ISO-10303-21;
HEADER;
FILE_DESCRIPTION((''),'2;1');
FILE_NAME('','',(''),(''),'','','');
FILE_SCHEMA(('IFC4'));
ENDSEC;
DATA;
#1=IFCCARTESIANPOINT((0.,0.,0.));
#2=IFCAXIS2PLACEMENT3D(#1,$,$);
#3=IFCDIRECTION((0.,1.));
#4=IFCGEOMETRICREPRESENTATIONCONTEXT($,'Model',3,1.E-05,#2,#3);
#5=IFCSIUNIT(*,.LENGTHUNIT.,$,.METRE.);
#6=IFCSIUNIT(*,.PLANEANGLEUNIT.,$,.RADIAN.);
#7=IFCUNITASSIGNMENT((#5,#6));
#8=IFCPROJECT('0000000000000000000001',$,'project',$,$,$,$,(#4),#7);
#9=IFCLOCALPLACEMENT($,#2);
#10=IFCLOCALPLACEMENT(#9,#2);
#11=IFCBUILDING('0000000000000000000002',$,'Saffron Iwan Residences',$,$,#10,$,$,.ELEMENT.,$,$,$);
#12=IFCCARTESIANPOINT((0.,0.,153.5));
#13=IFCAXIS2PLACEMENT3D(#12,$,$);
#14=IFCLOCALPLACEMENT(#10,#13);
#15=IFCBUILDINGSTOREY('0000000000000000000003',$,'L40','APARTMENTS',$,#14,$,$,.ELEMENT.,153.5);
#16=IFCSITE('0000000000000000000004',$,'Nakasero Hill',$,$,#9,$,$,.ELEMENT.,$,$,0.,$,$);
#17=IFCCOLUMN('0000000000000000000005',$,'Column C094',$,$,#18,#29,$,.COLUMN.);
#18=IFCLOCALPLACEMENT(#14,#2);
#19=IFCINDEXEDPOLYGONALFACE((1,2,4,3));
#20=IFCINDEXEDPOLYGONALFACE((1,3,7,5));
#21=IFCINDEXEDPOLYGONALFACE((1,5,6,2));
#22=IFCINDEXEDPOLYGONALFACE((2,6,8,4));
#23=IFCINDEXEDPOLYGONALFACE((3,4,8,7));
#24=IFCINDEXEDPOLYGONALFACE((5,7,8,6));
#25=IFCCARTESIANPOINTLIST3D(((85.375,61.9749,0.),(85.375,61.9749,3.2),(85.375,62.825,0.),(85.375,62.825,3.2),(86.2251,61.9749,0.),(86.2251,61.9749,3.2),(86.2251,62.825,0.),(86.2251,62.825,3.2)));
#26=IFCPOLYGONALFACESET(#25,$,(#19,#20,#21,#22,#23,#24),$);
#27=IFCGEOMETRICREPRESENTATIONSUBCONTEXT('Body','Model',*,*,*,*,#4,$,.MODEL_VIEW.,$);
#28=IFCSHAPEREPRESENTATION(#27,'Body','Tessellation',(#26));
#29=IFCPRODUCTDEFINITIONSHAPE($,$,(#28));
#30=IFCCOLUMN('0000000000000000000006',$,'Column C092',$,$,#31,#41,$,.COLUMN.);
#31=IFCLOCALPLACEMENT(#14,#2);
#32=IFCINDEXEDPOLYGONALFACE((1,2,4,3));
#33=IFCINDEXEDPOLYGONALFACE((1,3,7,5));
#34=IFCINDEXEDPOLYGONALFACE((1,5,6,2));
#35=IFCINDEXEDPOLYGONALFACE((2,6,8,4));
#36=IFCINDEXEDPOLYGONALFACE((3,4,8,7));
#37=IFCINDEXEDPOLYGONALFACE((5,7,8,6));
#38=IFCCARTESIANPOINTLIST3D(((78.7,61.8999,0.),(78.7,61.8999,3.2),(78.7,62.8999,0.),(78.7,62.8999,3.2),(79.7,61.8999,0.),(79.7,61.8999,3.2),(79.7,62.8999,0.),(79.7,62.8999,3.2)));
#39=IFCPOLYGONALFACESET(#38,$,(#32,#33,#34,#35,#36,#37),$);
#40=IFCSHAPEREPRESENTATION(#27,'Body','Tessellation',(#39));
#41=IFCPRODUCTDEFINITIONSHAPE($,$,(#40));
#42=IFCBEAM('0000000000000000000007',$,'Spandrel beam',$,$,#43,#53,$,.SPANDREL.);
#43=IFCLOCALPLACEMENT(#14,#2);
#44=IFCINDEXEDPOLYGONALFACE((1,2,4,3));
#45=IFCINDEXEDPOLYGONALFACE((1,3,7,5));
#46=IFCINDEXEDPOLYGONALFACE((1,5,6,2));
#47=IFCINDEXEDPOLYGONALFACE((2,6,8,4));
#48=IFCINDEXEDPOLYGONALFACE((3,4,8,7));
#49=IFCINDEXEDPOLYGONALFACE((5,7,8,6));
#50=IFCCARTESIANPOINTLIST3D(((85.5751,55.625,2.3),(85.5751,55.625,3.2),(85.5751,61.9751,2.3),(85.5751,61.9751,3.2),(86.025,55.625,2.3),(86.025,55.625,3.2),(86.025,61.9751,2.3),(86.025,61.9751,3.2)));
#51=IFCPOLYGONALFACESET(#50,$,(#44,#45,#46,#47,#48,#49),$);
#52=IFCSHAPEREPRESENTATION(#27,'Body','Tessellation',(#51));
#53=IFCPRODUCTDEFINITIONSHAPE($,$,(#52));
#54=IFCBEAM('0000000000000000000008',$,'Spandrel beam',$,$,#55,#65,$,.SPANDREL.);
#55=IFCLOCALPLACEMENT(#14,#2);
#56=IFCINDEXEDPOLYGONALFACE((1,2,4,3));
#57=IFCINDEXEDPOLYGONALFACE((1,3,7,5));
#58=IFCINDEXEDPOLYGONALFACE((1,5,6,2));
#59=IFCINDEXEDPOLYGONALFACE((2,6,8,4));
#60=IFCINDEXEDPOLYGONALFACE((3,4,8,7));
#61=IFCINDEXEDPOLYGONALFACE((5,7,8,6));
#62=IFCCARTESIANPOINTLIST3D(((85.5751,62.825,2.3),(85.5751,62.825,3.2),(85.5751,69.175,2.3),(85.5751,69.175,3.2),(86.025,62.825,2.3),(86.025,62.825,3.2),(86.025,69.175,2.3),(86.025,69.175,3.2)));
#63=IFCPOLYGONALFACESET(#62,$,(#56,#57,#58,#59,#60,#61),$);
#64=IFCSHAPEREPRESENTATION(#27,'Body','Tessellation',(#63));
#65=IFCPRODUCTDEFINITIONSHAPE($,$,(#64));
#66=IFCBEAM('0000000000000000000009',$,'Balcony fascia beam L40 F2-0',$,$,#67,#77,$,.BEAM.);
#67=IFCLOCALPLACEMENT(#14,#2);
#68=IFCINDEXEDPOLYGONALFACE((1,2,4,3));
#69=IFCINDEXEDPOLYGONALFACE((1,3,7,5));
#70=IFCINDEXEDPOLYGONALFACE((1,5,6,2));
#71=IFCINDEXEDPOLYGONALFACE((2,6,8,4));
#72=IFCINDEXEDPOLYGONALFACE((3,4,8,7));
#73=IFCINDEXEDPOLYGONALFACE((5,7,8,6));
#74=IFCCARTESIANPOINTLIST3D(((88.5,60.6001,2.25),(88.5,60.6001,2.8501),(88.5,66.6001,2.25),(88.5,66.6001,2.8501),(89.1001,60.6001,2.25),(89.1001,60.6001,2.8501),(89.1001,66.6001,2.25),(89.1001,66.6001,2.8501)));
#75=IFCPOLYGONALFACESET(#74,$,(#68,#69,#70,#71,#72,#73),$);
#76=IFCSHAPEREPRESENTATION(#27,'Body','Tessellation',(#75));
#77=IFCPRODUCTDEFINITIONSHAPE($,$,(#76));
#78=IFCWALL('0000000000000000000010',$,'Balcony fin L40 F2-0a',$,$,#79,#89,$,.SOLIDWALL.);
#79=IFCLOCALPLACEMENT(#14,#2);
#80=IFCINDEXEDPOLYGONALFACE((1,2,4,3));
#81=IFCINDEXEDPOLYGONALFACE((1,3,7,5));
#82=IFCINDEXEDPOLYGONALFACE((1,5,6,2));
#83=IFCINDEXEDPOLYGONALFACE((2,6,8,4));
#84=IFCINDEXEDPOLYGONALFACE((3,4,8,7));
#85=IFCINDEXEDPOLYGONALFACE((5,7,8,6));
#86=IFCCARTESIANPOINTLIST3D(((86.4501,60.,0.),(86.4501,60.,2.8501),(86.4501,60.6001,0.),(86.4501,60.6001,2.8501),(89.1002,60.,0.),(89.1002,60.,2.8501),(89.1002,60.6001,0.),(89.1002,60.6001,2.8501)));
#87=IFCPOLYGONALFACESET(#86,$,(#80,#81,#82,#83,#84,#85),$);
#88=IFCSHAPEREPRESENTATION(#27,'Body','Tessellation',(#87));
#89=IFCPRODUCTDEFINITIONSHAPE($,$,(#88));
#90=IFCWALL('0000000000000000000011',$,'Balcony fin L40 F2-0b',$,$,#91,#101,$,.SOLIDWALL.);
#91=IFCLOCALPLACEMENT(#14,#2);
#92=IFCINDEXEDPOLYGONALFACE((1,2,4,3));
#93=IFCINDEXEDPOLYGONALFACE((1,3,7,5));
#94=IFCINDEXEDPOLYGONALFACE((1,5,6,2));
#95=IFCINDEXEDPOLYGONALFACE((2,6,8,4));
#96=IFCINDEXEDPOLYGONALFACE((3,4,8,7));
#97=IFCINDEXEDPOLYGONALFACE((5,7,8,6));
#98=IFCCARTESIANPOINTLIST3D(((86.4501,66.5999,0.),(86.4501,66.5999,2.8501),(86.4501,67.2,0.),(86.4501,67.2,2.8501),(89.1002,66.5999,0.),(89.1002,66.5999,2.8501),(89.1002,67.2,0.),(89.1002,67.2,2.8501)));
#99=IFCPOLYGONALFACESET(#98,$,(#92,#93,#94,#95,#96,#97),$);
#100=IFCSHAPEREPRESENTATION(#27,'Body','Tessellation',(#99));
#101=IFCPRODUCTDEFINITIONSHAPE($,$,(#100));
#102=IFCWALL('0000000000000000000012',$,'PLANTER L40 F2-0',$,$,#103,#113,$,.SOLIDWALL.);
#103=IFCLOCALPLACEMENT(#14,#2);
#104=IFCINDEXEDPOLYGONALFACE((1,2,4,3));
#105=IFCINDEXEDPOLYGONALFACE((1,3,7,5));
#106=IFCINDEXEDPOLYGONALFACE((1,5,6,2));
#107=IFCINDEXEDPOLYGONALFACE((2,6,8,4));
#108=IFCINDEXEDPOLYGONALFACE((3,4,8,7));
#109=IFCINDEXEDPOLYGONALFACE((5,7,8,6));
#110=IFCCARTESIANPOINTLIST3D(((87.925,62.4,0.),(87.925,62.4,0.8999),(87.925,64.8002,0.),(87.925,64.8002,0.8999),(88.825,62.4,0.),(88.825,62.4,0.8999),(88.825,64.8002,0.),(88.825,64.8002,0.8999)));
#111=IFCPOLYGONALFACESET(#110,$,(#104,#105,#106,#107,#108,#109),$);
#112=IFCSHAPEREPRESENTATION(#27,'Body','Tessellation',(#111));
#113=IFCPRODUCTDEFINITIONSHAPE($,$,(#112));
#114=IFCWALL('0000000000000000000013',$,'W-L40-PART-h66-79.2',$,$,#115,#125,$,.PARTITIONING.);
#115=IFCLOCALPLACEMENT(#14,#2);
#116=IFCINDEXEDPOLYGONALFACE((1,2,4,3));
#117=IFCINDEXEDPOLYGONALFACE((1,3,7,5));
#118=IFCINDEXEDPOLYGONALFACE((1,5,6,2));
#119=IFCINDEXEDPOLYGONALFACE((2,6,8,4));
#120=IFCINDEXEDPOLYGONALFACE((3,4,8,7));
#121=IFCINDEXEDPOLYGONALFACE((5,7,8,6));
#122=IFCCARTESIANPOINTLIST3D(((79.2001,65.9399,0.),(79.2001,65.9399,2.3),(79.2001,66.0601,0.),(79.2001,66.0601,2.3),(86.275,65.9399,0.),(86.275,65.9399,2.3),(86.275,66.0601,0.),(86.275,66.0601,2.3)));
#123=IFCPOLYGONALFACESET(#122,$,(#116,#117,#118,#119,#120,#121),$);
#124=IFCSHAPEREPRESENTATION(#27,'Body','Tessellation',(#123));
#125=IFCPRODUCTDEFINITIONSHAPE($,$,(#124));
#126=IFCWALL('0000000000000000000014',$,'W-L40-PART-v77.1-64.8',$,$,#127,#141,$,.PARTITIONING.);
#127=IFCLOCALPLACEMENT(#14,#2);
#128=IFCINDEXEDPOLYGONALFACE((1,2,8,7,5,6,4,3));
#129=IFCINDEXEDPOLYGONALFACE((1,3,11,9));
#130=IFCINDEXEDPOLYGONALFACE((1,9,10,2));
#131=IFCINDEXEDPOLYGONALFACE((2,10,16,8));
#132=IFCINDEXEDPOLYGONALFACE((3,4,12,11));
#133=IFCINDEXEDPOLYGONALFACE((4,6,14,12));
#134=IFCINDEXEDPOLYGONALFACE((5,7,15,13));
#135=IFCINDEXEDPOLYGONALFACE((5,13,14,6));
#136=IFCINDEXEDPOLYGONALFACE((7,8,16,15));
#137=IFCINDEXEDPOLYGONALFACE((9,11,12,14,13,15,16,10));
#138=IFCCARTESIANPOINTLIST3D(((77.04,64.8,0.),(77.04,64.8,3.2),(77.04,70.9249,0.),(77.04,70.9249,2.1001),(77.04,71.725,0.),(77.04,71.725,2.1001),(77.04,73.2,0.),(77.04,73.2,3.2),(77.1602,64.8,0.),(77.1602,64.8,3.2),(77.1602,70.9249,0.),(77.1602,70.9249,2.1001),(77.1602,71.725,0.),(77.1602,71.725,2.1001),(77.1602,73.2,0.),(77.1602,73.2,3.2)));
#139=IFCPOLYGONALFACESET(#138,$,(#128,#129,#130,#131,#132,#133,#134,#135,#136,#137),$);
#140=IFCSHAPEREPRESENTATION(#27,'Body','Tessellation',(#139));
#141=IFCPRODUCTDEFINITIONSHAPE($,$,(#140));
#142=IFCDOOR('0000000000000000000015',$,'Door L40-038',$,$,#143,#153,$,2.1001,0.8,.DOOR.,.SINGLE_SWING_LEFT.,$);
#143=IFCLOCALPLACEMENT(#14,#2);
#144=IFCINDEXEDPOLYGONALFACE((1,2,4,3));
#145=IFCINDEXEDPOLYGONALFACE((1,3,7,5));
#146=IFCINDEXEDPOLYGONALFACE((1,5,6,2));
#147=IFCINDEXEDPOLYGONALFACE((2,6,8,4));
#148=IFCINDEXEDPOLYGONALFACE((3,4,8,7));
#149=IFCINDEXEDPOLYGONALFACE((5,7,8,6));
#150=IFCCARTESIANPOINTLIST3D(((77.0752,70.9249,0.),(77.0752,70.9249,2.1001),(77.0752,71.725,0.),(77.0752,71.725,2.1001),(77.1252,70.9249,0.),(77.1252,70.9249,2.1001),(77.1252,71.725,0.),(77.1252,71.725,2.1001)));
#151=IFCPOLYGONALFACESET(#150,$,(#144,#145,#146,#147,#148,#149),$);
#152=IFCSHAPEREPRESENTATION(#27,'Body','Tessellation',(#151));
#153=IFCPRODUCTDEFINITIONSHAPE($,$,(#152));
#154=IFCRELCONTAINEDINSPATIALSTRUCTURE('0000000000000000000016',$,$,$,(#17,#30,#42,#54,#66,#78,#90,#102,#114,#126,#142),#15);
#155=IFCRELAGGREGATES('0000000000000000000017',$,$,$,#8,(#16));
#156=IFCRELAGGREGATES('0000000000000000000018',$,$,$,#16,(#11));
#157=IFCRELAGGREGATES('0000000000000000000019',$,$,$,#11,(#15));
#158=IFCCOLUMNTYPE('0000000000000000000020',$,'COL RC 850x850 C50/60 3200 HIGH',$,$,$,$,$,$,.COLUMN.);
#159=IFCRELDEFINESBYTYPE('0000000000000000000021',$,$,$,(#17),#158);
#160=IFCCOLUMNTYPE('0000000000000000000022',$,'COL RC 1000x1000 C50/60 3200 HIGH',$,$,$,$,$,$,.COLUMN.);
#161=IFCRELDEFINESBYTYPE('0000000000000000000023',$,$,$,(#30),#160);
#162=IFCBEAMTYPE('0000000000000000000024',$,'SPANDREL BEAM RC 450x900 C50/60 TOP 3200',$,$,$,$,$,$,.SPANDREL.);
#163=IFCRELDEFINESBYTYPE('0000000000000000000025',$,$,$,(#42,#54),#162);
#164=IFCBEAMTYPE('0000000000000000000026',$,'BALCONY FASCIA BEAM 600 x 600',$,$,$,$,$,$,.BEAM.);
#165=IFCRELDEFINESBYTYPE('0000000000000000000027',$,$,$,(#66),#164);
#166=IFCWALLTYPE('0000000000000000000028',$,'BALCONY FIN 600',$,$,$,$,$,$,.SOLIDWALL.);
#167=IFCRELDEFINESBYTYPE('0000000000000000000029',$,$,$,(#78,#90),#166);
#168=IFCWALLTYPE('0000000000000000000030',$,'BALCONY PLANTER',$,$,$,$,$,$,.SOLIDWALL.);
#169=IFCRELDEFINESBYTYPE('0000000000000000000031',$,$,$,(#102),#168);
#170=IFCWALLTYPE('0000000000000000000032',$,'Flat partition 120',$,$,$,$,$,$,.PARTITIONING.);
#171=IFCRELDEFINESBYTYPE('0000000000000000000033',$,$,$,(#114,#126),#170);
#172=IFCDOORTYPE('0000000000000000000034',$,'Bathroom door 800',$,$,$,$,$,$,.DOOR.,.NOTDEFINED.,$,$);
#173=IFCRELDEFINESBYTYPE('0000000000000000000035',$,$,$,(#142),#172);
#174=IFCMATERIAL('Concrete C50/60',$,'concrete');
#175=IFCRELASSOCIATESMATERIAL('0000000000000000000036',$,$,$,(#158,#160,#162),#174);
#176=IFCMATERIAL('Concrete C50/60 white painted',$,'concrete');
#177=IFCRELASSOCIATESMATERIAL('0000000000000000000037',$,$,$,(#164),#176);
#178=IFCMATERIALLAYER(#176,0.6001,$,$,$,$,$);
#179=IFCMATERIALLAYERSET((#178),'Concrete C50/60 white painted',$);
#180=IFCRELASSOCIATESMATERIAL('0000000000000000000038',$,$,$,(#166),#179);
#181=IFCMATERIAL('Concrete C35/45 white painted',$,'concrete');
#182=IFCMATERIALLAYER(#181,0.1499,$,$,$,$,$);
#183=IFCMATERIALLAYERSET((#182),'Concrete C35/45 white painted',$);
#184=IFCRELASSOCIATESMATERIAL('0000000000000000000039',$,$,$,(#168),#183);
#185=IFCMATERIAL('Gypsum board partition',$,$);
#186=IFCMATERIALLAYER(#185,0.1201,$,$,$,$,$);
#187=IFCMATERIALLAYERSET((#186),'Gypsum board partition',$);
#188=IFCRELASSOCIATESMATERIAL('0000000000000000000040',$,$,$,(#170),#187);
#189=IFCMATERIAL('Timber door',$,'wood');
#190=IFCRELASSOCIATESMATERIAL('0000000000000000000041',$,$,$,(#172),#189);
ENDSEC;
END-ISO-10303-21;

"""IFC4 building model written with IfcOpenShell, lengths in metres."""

from ifc_helpers import new_model, si_unit, direction, frame, frame_2d, origin, origin_2d, place, context, subcontext, project, spatial, rectangle, extrude, source, transform, mapped, material, layer, layer_set, material_profile, profile_set, type_object, element, fill, save


model = new_model("IFC4")

# Units and contexts
model_context = context("Model", 3, precision=1e-05, world=origin(), true_north=direction((0.0, 1.0)))
body_context = subcontext(model_context, "Body", "Model", "MODEL_VIEW")
ifc_project = project(units=[si_unit("LENGTHUNIT", "METRE"), si_unit("PLANEANGLEUNIT", "RADIAN")], contexts=[model_context])

# Site, building, storey
site_placement = place(None, origin())
site = spatial("IfcSite", under=ifc_project, at=site_placement, Name="Nakasero Hill", CompositionType="ELEMENT", RefElevation=0.0)
building_placement = place(site_placement, origin())
building = spatial("IfcBuilding", under=site, at=building_placement, Name="Saffron Iwan Residences", CompositionType="ELEMENT")
storey_placement = place(building_placement, frame((0.0, 0.0, 153.5)))
storey = spatial("IfcBuildingStorey", under=building, at=storey_placement, Name="L40", Description="APARTMENTS", CompositionType="ELEMENT", Elevation=153.5)

# Columns
ifc_material_1 = material(Name="Concrete C50/60", Category="concrete")
ifc_material_profile_1 = material_profile(ifc_material_1, rectangle(XDim=0.8501, YDim=0.8501, at=origin_2d()), Name="RC 850x850")
ifc_profile_set_1 = profile_set([ifc_material_profile_1], Name="Concrete C50/60")
column_type_1 = type_object("IfcColumnType", Name="COL RC 850x850 C50/60 3200 HIGH", PredefinedType="COLUMN", material=ifc_profile_set_1)
shared_shape_1 = source(origin(), body_context, "Body", "SweptSolid", [
    extrude(rectangle(XDim=0.8501, YDim=0.8501, at=origin_2d()), origin(), (0.0, 0.0, 1.0), 3.2),
])
column_1_placement = place(storey_placement, frame((85.8, 62.3999, 0.0), z_axis=(0.0, 0.0, 1.0), x_axis=(1.0, 0.0, 0.0)))
element("IfcColumn", 1, at=column_1_placement, inside=storey, type_object=column_type_1, Name="Column C094", PredefinedType="COLUMN", context=body_context, shape_type="MappedRepresentation", body=[
    mapped(shared_shape_1, transform((0.0, 0.0, 0.0))),
])
ifc_material_profile_2 = material_profile(ifc_material_1, rectangle(XDim=1.0, YDim=1.0, at=origin_2d()), Name="RC 1000x1000")
ifc_profile_set_2 = profile_set([ifc_material_profile_2], Name="Concrete C50/60")
column_type_2 = type_object("IfcColumnType", Name="COL RC 1000x1000 C50/60 3200 HIGH", PredefinedType="COLUMN", material=ifc_profile_set_2)
shared_shape_2 = source(origin(), body_context, "Body", "SweptSolid", [
    extrude(rectangle(XDim=1.0, YDim=1.0, at=origin_2d()), origin(), (0.0, 0.0, 1.0), 3.2),
])
column_2_placement = place(storey_placement, frame((79.2, 62.3999, 0.0), z_axis=(0.0, 0.0, 1.0), x_axis=(1.0, 0.0, 0.0)))
element("IfcColumn", 2, at=column_2_placement, inside=storey, type_object=column_type_2, Name="Column C092", PredefinedType="COLUMN", context=body_context, shape_type="MappedRepresentation", body=[
    mapped(shared_shape_2, transform((0.0, 0.0, 0.0))),
])

# Beams
ifc_material_profile_3 = material_profile(ifc_material_1, rectangle(XDim=0.45, YDim=0.8999, at=origin_2d()), Name="RC 450x900")
ifc_profile_set_3 = profile_set([ifc_material_profile_3], Name="Concrete C50/60")
beam_type_1 = type_object("IfcBeamType", Name="SPANDREL BEAM RC 450x900 C50/60 TOP 3200", PredefinedType="SPANDREL", material=ifc_profile_set_3)
shared_shape_3 = source(origin(), body_context, "Body", "SweptSolid", [
    extrude(rectangle(XDim=0.45, YDim=0.8999, at=origin_2d()), origin(), (0.0, 0.0, 1.0), 6.3501),
])
for number, where, z_axis, x_axis, name in (
    (3, (85.8, 61.9751, 2.75), (0.0, -1.0, 0.0), (1.0, 0.0, 0.0), "Spandrel beam"),
    (4, (85.8, 69.175, 2.75), (0.0, -1.0, 0.0), (1.0, 0.0, 0.0), "Spandrel beam"),
):
    element("IfcBeam", number, at=place(storey_placement, frame(where, z_axis=z_axis, x_axis=x_axis)), inside=storey, type_object=beam_type_1, Name=name, PredefinedType="SPANDREL", context=body_context, shape_type="MappedRepresentation", body=[
        mapped(shared_shape_3, transform((0.0, 0.0, 0.0))),
    ])
ifc_material_2 = material(Name="Concrete C50/60 white painted", Category="concrete")
ifc_material_profile_4 = material_profile(ifc_material_2, rectangle(XDim=0.6001, YDim=0.6001, at=origin_2d()), Name="BALCONY FASCIA BEAM 600 x 600")
ifc_profile_set_4 = profile_set([ifc_material_profile_4], Name="Concrete C50/60 white painted")
beam_type_2 = type_object("IfcBeamType", Name="BALCONY FASCIA BEAM 600 x 600", PredefinedType="BEAM", material=ifc_profile_set_4)
shared_shape_4 = source(origin(), body_context, "Body", "SweptSolid", [
    extrude(rectangle(XDim=0.6001, YDim=0.6001, at=origin_2d()), origin(), (0.0, 0.0, 1.0), 6.0),
])
beam_placement = place(storey_placement, frame((88.8, 60.6001, 2.55), z_axis=(0.0, 1.0, 0.0), x_axis=(-1.0, 0.0, 0.0)))
element("IfcBeam", 5, at=beam_placement, inside=storey, type_object=beam_type_2, Name="Balcony fascia beam L40 F2-0", PredefinedType="BEAM", context=body_context, shape_type="MappedRepresentation", body=[
    mapped(shared_shape_4, transform((0.0, 0.0, 0.0))),
])

# Walls
ifc_layer_1 = layer(ifc_material_2, 0.6001)
ifc_layer_set_1 = layer_set([ifc_layer_1], Name="Concrete C50/60 white painted")
wall_type_1 = type_object("IfcWallType", Name="BALCONY FIN 600", PredefinedType="SOLIDWALL", material=ifc_layer_set_1)
for number, where, z_axis, x_axis, name in (
    (6, (86.45, 60.3, 0.0), (0.0, 0.0, 1.0), (1.0, 0.0, 0.0), "Balcony fin L40 F2-0a"),
    (7, (86.45, 66.8999, 0.0), (0.0, 0.0, 1.0), (1.0, 0.0, 0.0), "Balcony fin L40 F2-0b"),
):
    element("IfcWall", number, at=place(storey_placement, frame(where, z_axis=z_axis, x_axis=x_axis)), inside=storey, type_object=wall_type_1, Name=name, PredefinedType="SOLIDWALL", context=body_context, shape_type="SweptSolid", body=[
        extrude(rectangle(XDim=2.6501, YDim=0.6001, at=frame_2d((1.3252, 0.0))), origin(), (0.0, 0.0, 1.0), 2.8501),
    ])
ifc_material_3 = material(Name="Concrete C35/45 white painted", Category="concrete")
ifc_layer_2 = layer(ifc_material_3, 0.1499)
ifc_layer_set_2 = layer_set([ifc_layer_2], Name="Concrete C35/45 white painted")
wall_type_2 = type_object("IfcWallType", Name="BALCONY PLANTER", PredefinedType="SOLIDWALL", material=ifc_layer_set_2)
wall_1_placement = place(storey_placement, frame((88.375, 62.3999, 0.0), z_axis=(0.0, 0.0, 1.0), x_axis=(0.0, 1.0, 0.0)))
element("IfcWall", 8, at=wall_1_placement, inside=storey, type_object=wall_type_2, Name="PLANTER L40 F2-0", PredefinedType="SOLIDWALL", context=body_context, shape_type="SweptSolid", body=[
    extrude(rectangle(XDim=2.4001, YDim=0.8999, at=frame_2d((1.2002, 0.0))), origin(), (0.0, 0.0, 1.0), 0.8999),
])
ifc_material_4 = material(Name="Gypsum board partition")
ifc_layer_3 = layer(ifc_material_4, 0.1201)
ifc_layer_set_3 = layer_set([ifc_layer_3], Name="Gypsum board partition")
wall_type_3 = type_object("IfcWallType", Name="Flat partition 120", PredefinedType="PARTITIONING", material=ifc_layer_set_3)
wall_2_placement = place(storey_placement, frame((79.2, 66.0, 0.0), z_axis=(0.0, 0.0, 1.0), x_axis=(1.0, 0.0, 0.0)))
element("IfcWall", 9, at=wall_2_placement, inside=storey, type_object=wall_type_3, Name="W-L40-PART-h66-79.2", PredefinedType="PARTITIONING", context=body_context, shape_type="SweptSolid", body=[
    extrude(rectangle(XDim=7.075, YDim=0.1201, at=frame_2d((3.5376, 0.0))), origin(), (0.0, 0.0, 1.0), 2.3),
])

# Wall, opening, door
wall_3_placement = place(storey_placement, frame((77.1001, 64.8, 0.0), z_axis=(0.0, 0.0, 1.0), x_axis=(0.0, 1.0, 0.0)))
wall_3 = element("IfcWall", 10, at=wall_3_placement, inside=storey, type_object=wall_type_3, Name="W-L40-PART-v77.1-64.8", PredefinedType="PARTITIONING", context=body_context, shape_type="SweptSolid", body=[
    extrude(rectangle(XDim=8.3999, YDim=0.1201, at=frame_2d((4.2, 0.0))), origin(), (0.0, 0.0, 1.0), 3.2),
])
opening_placement = place(wall_3_placement, frame((6.125, 0.0, 0.0)))
opening = element("IfcOpeningElement", 11, at=opening_placement, cuts=wall_3, PredefinedType="OPENING", context=body_context, shape_type="SweptSolid", body=[
    extrude(rectangle(XDim=0.8, YDim=2.1001, at=frame_2d((0.3999, 1.05))), frame((0.0, 0.0701, 0.0), z_axis=(0.0, -1.0, 0.0), x_axis=(1.0, 0.0, 0.0)), (0.0, 0.0, 1.0), 0.1401),
])
ifc_material_5 = material(Name="Timber door", Category="wood")
door_type = type_object("IfcDoorType", Name="Bathroom door 800", OperationType="NOTDEFINED", PredefinedType="DOOR", material=ifc_material_5)
door_placement = place(opening_placement, origin())
door = element("IfcDoor", 12, at=door_placement, inside=storey, type_object=door_type, Name="Door L40-038", OperationType="SINGLE_SWING_LEFT", OverallHeight=2.1001, OverallWidth=0.8, PredefinedType="DOOR", context=body_context, shape_type="SweptSolid", body=[
    extrude(rectangle(XDim=0.8, YDim=2.1001, at=frame_2d((0.3999, 1.05))), frame((0.0, 0.0249, 0.0), z_axis=(0.0, -1.0, 0.0), x_axis=(1.0, 0.0, 0.0)), (0.0, 0.0, 1.0), 0.05),
])
fill(opening, door)

save(model, "model.ifc")
